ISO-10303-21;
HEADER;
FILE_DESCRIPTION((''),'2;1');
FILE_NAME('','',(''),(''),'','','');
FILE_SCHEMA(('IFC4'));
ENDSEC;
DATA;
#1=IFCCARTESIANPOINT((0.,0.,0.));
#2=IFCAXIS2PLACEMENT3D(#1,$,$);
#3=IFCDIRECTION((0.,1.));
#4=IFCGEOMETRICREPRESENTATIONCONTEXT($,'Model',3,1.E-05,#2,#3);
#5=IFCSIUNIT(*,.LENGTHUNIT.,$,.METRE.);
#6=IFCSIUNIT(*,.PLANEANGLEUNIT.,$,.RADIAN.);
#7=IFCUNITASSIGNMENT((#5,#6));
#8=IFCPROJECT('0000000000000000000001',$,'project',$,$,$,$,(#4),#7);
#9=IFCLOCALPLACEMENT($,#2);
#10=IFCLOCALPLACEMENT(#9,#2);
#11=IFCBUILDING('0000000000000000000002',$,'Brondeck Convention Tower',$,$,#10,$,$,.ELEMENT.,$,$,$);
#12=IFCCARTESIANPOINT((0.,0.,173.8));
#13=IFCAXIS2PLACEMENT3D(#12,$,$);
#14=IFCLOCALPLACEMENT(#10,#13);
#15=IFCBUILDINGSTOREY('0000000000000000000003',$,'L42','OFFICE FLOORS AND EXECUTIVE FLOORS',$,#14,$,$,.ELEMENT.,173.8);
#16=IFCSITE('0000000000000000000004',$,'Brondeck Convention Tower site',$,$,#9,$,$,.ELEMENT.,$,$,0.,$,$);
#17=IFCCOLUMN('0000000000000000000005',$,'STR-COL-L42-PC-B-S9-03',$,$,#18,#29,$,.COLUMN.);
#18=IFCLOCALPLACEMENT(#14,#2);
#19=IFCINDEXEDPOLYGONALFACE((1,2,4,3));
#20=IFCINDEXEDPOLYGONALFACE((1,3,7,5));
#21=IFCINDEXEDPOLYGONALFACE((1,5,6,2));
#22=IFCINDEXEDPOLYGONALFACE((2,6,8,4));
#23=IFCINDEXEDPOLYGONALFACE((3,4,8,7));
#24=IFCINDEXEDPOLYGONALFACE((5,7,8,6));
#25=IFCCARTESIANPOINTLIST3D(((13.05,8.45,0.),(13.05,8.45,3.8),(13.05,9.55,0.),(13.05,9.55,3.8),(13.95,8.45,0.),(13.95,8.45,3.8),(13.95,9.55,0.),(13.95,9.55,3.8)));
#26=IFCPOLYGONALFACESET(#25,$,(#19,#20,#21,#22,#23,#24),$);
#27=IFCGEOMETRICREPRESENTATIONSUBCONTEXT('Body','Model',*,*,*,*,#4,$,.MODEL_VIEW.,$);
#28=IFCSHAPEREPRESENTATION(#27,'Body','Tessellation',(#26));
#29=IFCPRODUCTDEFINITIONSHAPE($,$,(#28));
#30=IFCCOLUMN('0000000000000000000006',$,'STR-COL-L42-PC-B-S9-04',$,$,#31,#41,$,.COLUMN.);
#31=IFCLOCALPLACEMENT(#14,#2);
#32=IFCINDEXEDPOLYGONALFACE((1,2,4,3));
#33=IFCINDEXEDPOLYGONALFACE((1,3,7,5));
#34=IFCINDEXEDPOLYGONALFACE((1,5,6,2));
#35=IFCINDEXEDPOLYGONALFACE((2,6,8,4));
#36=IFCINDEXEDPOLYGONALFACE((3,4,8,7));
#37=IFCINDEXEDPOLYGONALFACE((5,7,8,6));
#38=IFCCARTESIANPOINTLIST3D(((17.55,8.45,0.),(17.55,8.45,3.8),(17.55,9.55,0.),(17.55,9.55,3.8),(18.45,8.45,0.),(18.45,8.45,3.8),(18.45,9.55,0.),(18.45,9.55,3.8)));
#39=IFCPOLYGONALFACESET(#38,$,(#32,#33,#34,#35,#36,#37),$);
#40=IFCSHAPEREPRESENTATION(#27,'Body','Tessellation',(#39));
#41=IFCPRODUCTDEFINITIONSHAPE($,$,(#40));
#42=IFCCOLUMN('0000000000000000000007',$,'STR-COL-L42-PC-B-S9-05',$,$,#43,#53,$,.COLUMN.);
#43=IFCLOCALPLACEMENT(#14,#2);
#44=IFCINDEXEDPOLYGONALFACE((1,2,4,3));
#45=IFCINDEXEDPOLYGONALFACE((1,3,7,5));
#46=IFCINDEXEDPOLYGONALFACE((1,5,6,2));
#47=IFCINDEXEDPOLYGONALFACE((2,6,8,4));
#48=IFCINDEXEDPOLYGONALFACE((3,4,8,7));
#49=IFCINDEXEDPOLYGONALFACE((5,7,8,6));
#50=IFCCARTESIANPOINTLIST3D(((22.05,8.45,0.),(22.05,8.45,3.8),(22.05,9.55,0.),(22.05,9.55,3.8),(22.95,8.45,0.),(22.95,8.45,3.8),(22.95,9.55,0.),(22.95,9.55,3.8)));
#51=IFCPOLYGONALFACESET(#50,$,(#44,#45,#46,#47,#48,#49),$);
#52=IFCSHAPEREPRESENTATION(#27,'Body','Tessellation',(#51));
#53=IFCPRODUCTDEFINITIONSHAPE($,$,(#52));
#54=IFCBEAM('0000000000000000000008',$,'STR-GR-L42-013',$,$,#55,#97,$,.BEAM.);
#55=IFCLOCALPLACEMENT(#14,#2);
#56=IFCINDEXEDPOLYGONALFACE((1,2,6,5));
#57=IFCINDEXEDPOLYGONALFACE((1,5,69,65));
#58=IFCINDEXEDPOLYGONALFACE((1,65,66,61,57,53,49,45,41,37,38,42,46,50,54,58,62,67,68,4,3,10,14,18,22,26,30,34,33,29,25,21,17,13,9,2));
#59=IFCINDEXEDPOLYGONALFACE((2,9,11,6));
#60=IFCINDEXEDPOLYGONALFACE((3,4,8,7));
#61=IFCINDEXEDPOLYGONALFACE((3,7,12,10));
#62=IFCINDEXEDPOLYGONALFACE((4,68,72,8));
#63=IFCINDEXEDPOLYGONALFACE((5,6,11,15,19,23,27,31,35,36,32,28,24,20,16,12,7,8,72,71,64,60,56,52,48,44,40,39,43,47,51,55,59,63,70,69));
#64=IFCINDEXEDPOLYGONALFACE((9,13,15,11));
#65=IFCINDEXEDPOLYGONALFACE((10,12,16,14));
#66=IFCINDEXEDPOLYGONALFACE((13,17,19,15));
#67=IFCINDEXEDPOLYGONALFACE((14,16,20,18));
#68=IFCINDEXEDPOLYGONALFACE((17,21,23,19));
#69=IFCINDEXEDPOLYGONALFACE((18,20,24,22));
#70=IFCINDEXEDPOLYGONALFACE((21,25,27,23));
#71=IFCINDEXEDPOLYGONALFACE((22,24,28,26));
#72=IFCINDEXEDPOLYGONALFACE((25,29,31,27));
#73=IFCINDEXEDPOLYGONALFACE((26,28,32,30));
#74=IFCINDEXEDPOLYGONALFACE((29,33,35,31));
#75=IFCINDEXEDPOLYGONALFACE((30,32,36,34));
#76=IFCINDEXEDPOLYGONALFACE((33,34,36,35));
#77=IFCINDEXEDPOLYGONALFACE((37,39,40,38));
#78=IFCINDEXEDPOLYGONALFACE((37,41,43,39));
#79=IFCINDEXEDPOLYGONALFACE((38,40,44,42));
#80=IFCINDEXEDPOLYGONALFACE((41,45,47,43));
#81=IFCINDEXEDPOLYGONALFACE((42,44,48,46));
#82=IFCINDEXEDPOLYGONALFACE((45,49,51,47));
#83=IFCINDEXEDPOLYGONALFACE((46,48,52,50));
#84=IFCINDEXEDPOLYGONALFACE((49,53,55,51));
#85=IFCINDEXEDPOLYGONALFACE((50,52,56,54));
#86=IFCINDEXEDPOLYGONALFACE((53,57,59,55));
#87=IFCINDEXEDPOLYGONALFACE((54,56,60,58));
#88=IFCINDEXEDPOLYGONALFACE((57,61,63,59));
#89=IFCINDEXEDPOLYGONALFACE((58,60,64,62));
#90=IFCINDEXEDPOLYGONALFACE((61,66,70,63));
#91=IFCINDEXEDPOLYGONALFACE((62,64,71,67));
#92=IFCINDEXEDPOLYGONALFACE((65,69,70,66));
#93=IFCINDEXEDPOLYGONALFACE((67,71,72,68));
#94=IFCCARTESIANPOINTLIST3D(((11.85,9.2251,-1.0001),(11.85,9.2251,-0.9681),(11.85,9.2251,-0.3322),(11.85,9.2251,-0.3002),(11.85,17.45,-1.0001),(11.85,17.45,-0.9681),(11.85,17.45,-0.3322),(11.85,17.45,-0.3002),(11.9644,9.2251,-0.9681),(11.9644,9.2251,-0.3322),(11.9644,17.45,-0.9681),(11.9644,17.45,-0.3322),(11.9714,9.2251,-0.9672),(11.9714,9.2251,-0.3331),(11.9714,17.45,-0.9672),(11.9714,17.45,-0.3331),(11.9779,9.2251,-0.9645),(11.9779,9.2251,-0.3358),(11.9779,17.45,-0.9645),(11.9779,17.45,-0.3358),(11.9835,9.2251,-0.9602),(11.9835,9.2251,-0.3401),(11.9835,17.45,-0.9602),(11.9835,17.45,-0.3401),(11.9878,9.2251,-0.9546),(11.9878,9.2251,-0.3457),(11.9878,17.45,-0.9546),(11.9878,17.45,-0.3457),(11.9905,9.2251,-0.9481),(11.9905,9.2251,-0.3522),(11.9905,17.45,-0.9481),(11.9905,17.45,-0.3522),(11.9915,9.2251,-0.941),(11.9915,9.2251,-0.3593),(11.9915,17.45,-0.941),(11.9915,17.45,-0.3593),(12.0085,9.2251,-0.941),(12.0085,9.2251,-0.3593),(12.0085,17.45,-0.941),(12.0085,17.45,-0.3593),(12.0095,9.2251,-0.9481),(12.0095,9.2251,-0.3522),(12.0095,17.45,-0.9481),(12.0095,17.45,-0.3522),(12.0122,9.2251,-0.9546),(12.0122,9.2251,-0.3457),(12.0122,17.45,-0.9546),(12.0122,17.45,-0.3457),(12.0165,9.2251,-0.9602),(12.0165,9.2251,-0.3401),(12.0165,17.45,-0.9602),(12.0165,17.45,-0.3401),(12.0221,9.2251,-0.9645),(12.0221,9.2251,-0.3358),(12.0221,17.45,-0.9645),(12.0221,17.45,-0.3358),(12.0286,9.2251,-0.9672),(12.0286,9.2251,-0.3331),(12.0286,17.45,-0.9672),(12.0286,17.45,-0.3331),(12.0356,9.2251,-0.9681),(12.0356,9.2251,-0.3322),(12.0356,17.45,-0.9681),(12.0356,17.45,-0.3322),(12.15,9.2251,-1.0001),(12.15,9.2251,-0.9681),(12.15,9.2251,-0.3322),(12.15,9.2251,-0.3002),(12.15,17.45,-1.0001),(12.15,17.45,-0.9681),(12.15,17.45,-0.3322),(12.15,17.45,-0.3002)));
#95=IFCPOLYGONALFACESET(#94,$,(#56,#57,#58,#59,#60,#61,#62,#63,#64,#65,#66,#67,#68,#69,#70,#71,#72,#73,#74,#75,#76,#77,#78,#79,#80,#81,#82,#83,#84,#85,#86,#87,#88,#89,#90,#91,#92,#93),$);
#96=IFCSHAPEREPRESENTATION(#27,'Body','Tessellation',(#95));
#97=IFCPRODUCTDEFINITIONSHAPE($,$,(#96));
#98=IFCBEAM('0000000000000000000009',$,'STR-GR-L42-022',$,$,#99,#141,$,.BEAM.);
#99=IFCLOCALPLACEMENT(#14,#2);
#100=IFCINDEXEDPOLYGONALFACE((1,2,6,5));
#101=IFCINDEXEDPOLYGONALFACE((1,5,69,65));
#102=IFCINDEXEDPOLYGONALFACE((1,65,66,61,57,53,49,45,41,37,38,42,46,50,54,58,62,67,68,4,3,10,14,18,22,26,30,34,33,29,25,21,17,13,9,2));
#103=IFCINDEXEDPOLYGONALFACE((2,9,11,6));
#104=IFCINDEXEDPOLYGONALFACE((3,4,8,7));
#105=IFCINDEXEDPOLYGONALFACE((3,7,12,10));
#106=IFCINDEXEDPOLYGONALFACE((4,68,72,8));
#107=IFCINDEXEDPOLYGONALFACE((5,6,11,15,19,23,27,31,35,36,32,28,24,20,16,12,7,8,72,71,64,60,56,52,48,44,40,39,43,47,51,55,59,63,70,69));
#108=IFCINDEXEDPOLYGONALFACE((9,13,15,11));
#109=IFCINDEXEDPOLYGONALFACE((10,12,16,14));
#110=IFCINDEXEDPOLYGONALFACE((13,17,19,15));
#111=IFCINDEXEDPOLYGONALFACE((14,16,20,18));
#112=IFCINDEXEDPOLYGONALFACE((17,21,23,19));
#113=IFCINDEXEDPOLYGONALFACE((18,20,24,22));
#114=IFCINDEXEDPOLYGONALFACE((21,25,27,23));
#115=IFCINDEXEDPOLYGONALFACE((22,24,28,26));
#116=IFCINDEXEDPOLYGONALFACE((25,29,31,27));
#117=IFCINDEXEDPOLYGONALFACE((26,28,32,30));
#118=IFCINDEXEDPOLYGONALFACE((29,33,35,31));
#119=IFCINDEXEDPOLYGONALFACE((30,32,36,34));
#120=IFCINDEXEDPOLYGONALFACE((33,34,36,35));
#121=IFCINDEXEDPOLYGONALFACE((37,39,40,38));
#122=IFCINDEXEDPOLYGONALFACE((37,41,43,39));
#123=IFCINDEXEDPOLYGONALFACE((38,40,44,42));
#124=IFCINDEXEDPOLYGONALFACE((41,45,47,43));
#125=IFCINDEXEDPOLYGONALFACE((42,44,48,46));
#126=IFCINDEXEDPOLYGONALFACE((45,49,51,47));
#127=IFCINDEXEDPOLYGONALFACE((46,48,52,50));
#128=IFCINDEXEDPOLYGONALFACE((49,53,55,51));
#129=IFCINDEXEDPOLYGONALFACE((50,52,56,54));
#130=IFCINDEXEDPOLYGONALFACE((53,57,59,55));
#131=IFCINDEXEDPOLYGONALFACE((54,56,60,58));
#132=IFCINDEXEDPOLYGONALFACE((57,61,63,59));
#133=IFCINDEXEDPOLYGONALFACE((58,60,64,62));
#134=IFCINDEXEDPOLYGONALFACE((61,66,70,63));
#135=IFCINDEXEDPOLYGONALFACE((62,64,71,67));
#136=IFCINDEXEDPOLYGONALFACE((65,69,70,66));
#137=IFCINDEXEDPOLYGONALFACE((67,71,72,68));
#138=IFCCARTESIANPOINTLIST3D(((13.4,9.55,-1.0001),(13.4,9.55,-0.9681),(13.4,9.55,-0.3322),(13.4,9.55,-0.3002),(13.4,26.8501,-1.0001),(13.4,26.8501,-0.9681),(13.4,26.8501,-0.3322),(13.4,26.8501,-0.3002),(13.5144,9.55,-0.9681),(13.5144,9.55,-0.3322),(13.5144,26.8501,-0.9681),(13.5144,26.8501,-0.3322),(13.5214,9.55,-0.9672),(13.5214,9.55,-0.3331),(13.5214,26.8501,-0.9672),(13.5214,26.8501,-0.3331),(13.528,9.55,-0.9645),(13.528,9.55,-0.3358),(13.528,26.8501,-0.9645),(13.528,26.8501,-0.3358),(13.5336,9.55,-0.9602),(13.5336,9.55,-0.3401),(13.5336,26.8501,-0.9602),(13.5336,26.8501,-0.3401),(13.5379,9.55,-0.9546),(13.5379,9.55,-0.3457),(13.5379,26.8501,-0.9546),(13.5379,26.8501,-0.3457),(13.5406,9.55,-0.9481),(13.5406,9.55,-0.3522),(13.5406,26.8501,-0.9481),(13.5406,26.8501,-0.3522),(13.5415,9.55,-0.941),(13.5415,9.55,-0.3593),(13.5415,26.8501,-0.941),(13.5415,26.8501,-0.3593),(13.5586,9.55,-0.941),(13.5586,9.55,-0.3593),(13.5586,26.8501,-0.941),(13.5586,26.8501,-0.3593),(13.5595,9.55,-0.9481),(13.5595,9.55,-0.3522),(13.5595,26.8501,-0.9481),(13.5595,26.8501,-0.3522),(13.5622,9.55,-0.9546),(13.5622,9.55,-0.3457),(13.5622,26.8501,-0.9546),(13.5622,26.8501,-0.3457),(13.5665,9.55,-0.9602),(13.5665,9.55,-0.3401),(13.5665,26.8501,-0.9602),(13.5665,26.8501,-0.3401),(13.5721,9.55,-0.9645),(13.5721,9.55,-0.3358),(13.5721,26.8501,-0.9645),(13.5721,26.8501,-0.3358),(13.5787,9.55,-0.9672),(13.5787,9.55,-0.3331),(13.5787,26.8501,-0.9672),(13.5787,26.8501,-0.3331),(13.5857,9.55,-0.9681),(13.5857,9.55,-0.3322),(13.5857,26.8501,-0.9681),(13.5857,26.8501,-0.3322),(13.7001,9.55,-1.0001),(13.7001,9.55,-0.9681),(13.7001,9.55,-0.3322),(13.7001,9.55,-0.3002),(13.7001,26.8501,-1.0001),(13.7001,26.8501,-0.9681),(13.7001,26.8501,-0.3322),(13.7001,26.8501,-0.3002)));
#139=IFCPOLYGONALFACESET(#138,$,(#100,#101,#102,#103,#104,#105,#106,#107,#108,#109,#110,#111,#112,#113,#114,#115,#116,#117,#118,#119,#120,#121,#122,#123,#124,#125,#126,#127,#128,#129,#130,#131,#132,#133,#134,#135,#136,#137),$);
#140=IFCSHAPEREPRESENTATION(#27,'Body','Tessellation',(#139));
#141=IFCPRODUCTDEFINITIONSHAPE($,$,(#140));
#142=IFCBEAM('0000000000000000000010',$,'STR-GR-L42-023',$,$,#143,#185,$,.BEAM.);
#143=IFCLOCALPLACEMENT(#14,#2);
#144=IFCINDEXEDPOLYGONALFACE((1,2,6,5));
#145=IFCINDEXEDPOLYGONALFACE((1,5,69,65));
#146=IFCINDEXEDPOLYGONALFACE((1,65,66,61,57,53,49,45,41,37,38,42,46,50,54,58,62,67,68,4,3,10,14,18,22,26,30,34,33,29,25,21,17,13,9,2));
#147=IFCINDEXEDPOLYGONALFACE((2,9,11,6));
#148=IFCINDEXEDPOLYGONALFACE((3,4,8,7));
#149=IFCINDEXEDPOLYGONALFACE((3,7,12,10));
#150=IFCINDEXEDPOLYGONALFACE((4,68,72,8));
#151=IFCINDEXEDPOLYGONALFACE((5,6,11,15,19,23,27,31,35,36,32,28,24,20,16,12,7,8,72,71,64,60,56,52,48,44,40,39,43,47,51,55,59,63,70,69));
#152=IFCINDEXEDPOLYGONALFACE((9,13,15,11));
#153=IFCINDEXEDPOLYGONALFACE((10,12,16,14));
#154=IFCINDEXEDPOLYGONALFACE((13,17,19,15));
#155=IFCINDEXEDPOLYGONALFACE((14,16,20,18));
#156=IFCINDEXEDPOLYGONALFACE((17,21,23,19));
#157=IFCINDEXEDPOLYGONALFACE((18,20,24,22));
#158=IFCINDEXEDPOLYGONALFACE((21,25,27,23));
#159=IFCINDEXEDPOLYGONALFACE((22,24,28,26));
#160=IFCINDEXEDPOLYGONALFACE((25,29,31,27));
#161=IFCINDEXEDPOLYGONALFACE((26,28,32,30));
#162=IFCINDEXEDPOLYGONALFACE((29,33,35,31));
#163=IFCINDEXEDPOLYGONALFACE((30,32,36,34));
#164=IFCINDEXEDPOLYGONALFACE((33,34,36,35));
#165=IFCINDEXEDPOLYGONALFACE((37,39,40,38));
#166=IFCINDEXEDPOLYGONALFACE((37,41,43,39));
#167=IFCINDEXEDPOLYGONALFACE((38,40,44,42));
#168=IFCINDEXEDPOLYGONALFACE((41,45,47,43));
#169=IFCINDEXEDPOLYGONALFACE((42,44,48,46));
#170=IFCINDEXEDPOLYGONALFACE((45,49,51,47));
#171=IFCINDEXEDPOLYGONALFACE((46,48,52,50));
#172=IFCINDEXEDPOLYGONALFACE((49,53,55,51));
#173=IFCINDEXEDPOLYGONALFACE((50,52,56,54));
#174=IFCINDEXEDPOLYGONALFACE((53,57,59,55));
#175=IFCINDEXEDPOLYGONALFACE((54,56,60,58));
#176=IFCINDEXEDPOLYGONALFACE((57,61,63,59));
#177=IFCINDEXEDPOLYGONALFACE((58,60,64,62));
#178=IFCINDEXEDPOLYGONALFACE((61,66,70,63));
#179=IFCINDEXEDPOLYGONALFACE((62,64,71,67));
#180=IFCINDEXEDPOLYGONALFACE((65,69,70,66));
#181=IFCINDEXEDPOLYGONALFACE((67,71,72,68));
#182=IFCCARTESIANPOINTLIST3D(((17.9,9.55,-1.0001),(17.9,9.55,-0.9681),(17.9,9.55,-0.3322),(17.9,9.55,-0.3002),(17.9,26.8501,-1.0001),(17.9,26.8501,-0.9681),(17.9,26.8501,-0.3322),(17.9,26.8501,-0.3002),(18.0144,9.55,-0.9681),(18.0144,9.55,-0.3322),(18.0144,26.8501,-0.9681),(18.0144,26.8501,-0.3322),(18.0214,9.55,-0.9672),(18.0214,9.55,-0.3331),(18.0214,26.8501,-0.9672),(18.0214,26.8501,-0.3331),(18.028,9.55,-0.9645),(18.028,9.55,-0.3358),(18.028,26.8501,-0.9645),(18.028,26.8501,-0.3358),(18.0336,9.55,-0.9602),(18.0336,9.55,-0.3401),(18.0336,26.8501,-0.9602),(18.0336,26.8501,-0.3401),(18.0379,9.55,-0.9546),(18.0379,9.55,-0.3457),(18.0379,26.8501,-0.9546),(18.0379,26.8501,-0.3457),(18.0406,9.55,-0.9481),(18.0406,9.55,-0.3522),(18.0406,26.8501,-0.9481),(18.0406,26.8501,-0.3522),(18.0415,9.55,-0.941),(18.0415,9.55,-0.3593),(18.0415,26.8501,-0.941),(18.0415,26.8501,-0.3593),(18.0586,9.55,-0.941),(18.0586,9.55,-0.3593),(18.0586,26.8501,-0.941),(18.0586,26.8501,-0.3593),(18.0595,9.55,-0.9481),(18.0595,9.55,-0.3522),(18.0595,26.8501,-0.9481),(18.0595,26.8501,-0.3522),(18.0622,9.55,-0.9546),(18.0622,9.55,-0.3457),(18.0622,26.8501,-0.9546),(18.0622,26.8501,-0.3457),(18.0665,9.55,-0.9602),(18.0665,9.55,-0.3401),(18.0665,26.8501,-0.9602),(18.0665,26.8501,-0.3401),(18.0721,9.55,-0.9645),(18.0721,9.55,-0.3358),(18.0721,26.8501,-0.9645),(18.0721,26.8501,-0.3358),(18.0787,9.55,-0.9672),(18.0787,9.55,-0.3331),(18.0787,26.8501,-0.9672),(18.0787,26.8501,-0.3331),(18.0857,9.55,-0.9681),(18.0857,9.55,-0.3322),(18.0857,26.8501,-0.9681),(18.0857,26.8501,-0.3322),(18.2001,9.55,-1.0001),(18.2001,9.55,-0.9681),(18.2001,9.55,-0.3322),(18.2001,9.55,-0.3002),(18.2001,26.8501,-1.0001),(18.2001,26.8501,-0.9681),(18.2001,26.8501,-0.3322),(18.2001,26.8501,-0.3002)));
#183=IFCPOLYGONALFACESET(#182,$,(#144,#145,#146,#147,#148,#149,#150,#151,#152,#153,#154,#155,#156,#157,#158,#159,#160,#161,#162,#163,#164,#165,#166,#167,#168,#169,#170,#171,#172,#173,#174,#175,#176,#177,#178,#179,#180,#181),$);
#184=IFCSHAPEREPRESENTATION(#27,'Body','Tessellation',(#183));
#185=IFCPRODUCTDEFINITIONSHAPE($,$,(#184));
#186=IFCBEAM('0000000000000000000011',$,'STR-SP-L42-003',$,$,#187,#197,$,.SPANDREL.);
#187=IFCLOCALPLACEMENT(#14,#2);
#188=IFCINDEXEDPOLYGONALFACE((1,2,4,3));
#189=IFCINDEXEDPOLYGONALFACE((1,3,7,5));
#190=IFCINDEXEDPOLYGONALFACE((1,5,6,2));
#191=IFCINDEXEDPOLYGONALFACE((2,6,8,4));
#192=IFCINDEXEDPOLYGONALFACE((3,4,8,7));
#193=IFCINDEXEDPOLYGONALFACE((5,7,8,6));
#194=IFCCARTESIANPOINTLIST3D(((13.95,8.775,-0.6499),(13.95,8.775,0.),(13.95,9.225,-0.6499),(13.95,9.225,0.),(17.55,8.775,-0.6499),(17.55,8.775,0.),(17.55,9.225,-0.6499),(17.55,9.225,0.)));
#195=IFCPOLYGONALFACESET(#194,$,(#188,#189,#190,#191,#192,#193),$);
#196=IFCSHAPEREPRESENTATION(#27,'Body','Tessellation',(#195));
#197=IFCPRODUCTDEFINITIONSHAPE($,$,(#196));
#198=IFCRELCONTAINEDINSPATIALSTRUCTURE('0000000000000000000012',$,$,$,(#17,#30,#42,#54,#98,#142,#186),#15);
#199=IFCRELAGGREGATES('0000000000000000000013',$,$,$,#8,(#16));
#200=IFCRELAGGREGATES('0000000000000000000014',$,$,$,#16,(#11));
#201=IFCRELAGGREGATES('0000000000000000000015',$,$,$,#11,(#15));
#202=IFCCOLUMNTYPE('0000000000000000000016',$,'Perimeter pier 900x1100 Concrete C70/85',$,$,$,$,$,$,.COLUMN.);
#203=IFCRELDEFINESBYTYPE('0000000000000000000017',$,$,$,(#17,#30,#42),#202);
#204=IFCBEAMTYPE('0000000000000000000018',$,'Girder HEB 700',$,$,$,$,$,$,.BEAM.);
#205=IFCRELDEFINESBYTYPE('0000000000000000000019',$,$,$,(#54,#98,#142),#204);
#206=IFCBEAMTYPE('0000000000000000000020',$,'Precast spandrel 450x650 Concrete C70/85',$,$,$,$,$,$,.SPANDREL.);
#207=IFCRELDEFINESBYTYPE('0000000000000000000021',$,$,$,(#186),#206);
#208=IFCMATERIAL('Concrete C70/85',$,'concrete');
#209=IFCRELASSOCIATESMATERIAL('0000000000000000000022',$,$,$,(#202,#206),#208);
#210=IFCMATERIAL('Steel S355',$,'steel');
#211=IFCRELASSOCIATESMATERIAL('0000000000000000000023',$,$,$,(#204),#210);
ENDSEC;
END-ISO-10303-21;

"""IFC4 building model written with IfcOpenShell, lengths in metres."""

from ifc_helpers import new_model, si_unit, direction, frame, origin, origin_2d, place, context, subcontext, project, spatial, rectangle, i_section, extrude, material, material_profile, profile_set, type_object, element, save


model = new_model("IFC4")

# Units and contexts
model_context = context("Model", 3, precision=1e-05, world=origin(), true_north=direction((0.0, 1.0)))
body_context = subcontext(model_context, "Body", "Model", "MODEL_VIEW")
ifc_project = project(units=[si_unit("LENGTHUNIT", "METRE"), si_unit("PLANEANGLEUNIT", "RADIAN")], contexts=[model_context])

# Site, building, storey
site_placement = place(None, origin())
site = spatial("IfcSite", under=ifc_project, at=site_placement, Name="Brondeck Convention Tower site", CompositionType="ELEMENT", RefElevation=0.0)
building_placement = place(site_placement, origin())
building = spatial("IfcBuilding", under=site, at=building_placement, Name="Brondeck Convention Tower", CompositionType="ELEMENT")
storey_placement = place(building_placement, frame((0.0, 0.0, 173.8)))
storey = spatial("IfcBuildingStorey", under=building, at=storey_placement, Name="L42", Description="OFFICE FLOORS AND EXECUTIVE FLOORS", CompositionType="ELEMENT", Elevation=173.8)

# Columns
ifc_material_1 = material(Name="Concrete C70/85", Category="concrete")
ifc_material_profile_1 = material_profile(ifc_material_1, rectangle(XDim=0.8999, YDim=1.1001, at=origin_2d()), Name="Perimeter pier 900x1100 Concrete C70/85")
ifc_profile_set_1 = profile_set([ifc_material_profile_1], Name="Concrete C70/85")
column_type = type_object("IfcColumnType", Name="Perimeter pier 900x1100 Concrete C70/85", PredefinedType="COLUMN", material=ifc_profile_set_1)
for number, where, z_axis, x_axis, name in (
    (1, (13.5, 9.0, 0.0), (0.0, 0.0, 1.0), (1.0, 0.0, 0.0), "STR-COL-L42-PC-B-S9-03"),
    (2, (18.0, 9.0, 0.0), (0.0, 0.0, 1.0), (1.0, 0.0, 0.0), "STR-COL-L42-PC-B-S9-04"),
    (3, (22.5, 9.0, 0.0), (0.0, 0.0, 1.0), (1.0, 0.0, 0.0), "STR-COL-L42-PC-B-S9-05"),
):
    element("IfcColumn", number, at=place(storey_placement, frame(where, z_axis=z_axis, x_axis=x_axis)), inside=storey, type_object=column_type, Name=name, PredefinedType="COLUMN", context=body_context, shape_type="SweptSolid", body=[
        extrude(rectangle(XDim=0.8999, YDim=1.1001, at=origin_2d()), origin(), (0.0, 0.0, 1.0), 3.8),
    ])

# Beams
ifc_material_2 = material(Name="Steel S355", Category="steel")
ifc_material_profile_2 = material_profile(ifc_material_2, i_section(OverallWidth=0.3, OverallDepth=0.7, WebThickness=0.0171, FlangeThickness=0.032, FilletRadius=0.0271, at=origin_2d()), Name="HEB 700")
ifc_profile_set_2 = profile_set([ifc_material_profile_2], Name="Steel S355")
beam_type_1 = type_object("IfcBeamType", Name="Girder HEB 700", PredefinedType="BEAM", material=ifc_profile_set_2)
beam_placement = place(storey_placement, frame((12.0, 17.45, -0.6501), z_axis=(0.0, -1.0, 0.0), x_axis=(1.0, 0.0, 0.0)))
element("IfcBeam", 4, at=beam_placement, inside=storey, type_object=beam_type_1, Name="STR-GR-L42-013", PredefinedType="BEAM", context=body_context, shape_type="SweptSolid", body=[
    extrude(i_section(OverallWidth=0.3, OverallDepth=0.7, WebThickness=0.0171, FlangeThickness=0.032, FilletRadius=0.0271, at=origin_2d()), origin(), (0.0, 0.0, 1.0), 8.2249),
])
for number, where, z_axis, x_axis, name in (
    (5, (13.55, 9.55, -0.6501), (0.0, 1.0, 0.0), (-1.0, 0.0, 0.0), "STR-GR-L42-022"),
    (6, (18.05, 9.55, -0.6501), (0.0, 1.0, 0.0), (-1.0, 0.0, 0.0), "STR-GR-L42-023"),
):
    element("IfcBeam", number, at=place(storey_placement, frame(where, z_axis=z_axis, x_axis=x_axis)), inside=storey, type_object=beam_type_1, Name=name, PredefinedType="BEAM", context=body_context, shape_type="SweptSolid", body=[
        extrude(i_section(OverallWidth=0.3, OverallDepth=0.7, WebThickness=0.0171, FlangeThickness=0.032, FilletRadius=0.0271, at=origin_2d()), origin(), (0.0, 0.0, 1.0), 17.3),
    ])
ifc_material_profile_3 = material_profile(ifc_material_1, rectangle(XDim=0.45, YDim=0.6499, at=origin_2d()), Name="Precast spandrel 450x650 Concrete C70/85")
ifc_profile_set_3 = profile_set([ifc_material_profile_3], Name="Concrete C70/85")
beam_type_2 = type_object("IfcBeamType", Name="Precast spandrel 450x650 Concrete C70/85", PredefinedType="SPANDREL", material=ifc_profile_set_3)
for number, where, z_axis, x_axis, name in (
    (7, (13.95, 9.0, -0.325), (1.0, 0.0, 0.0), (0.0, 1.0, 0.0), "STR-SP-L42-003"),
):
    element("IfcBeam", number, at=place(storey_placement, frame(where, z_axis=z_axis, x_axis=x_axis)), inside=storey, type_object=beam_type_2, Name=name, PredefinedType="SPANDREL", context=body_context, shape_type="SweptSolid", body=[
        extrude(rectangle(XDim=0.45, YDim=0.6499, at=origin_2d()), origin(), (0.0, 0.0, 1.0), 3.6001),
    ])

save(model, "model.ifc")
